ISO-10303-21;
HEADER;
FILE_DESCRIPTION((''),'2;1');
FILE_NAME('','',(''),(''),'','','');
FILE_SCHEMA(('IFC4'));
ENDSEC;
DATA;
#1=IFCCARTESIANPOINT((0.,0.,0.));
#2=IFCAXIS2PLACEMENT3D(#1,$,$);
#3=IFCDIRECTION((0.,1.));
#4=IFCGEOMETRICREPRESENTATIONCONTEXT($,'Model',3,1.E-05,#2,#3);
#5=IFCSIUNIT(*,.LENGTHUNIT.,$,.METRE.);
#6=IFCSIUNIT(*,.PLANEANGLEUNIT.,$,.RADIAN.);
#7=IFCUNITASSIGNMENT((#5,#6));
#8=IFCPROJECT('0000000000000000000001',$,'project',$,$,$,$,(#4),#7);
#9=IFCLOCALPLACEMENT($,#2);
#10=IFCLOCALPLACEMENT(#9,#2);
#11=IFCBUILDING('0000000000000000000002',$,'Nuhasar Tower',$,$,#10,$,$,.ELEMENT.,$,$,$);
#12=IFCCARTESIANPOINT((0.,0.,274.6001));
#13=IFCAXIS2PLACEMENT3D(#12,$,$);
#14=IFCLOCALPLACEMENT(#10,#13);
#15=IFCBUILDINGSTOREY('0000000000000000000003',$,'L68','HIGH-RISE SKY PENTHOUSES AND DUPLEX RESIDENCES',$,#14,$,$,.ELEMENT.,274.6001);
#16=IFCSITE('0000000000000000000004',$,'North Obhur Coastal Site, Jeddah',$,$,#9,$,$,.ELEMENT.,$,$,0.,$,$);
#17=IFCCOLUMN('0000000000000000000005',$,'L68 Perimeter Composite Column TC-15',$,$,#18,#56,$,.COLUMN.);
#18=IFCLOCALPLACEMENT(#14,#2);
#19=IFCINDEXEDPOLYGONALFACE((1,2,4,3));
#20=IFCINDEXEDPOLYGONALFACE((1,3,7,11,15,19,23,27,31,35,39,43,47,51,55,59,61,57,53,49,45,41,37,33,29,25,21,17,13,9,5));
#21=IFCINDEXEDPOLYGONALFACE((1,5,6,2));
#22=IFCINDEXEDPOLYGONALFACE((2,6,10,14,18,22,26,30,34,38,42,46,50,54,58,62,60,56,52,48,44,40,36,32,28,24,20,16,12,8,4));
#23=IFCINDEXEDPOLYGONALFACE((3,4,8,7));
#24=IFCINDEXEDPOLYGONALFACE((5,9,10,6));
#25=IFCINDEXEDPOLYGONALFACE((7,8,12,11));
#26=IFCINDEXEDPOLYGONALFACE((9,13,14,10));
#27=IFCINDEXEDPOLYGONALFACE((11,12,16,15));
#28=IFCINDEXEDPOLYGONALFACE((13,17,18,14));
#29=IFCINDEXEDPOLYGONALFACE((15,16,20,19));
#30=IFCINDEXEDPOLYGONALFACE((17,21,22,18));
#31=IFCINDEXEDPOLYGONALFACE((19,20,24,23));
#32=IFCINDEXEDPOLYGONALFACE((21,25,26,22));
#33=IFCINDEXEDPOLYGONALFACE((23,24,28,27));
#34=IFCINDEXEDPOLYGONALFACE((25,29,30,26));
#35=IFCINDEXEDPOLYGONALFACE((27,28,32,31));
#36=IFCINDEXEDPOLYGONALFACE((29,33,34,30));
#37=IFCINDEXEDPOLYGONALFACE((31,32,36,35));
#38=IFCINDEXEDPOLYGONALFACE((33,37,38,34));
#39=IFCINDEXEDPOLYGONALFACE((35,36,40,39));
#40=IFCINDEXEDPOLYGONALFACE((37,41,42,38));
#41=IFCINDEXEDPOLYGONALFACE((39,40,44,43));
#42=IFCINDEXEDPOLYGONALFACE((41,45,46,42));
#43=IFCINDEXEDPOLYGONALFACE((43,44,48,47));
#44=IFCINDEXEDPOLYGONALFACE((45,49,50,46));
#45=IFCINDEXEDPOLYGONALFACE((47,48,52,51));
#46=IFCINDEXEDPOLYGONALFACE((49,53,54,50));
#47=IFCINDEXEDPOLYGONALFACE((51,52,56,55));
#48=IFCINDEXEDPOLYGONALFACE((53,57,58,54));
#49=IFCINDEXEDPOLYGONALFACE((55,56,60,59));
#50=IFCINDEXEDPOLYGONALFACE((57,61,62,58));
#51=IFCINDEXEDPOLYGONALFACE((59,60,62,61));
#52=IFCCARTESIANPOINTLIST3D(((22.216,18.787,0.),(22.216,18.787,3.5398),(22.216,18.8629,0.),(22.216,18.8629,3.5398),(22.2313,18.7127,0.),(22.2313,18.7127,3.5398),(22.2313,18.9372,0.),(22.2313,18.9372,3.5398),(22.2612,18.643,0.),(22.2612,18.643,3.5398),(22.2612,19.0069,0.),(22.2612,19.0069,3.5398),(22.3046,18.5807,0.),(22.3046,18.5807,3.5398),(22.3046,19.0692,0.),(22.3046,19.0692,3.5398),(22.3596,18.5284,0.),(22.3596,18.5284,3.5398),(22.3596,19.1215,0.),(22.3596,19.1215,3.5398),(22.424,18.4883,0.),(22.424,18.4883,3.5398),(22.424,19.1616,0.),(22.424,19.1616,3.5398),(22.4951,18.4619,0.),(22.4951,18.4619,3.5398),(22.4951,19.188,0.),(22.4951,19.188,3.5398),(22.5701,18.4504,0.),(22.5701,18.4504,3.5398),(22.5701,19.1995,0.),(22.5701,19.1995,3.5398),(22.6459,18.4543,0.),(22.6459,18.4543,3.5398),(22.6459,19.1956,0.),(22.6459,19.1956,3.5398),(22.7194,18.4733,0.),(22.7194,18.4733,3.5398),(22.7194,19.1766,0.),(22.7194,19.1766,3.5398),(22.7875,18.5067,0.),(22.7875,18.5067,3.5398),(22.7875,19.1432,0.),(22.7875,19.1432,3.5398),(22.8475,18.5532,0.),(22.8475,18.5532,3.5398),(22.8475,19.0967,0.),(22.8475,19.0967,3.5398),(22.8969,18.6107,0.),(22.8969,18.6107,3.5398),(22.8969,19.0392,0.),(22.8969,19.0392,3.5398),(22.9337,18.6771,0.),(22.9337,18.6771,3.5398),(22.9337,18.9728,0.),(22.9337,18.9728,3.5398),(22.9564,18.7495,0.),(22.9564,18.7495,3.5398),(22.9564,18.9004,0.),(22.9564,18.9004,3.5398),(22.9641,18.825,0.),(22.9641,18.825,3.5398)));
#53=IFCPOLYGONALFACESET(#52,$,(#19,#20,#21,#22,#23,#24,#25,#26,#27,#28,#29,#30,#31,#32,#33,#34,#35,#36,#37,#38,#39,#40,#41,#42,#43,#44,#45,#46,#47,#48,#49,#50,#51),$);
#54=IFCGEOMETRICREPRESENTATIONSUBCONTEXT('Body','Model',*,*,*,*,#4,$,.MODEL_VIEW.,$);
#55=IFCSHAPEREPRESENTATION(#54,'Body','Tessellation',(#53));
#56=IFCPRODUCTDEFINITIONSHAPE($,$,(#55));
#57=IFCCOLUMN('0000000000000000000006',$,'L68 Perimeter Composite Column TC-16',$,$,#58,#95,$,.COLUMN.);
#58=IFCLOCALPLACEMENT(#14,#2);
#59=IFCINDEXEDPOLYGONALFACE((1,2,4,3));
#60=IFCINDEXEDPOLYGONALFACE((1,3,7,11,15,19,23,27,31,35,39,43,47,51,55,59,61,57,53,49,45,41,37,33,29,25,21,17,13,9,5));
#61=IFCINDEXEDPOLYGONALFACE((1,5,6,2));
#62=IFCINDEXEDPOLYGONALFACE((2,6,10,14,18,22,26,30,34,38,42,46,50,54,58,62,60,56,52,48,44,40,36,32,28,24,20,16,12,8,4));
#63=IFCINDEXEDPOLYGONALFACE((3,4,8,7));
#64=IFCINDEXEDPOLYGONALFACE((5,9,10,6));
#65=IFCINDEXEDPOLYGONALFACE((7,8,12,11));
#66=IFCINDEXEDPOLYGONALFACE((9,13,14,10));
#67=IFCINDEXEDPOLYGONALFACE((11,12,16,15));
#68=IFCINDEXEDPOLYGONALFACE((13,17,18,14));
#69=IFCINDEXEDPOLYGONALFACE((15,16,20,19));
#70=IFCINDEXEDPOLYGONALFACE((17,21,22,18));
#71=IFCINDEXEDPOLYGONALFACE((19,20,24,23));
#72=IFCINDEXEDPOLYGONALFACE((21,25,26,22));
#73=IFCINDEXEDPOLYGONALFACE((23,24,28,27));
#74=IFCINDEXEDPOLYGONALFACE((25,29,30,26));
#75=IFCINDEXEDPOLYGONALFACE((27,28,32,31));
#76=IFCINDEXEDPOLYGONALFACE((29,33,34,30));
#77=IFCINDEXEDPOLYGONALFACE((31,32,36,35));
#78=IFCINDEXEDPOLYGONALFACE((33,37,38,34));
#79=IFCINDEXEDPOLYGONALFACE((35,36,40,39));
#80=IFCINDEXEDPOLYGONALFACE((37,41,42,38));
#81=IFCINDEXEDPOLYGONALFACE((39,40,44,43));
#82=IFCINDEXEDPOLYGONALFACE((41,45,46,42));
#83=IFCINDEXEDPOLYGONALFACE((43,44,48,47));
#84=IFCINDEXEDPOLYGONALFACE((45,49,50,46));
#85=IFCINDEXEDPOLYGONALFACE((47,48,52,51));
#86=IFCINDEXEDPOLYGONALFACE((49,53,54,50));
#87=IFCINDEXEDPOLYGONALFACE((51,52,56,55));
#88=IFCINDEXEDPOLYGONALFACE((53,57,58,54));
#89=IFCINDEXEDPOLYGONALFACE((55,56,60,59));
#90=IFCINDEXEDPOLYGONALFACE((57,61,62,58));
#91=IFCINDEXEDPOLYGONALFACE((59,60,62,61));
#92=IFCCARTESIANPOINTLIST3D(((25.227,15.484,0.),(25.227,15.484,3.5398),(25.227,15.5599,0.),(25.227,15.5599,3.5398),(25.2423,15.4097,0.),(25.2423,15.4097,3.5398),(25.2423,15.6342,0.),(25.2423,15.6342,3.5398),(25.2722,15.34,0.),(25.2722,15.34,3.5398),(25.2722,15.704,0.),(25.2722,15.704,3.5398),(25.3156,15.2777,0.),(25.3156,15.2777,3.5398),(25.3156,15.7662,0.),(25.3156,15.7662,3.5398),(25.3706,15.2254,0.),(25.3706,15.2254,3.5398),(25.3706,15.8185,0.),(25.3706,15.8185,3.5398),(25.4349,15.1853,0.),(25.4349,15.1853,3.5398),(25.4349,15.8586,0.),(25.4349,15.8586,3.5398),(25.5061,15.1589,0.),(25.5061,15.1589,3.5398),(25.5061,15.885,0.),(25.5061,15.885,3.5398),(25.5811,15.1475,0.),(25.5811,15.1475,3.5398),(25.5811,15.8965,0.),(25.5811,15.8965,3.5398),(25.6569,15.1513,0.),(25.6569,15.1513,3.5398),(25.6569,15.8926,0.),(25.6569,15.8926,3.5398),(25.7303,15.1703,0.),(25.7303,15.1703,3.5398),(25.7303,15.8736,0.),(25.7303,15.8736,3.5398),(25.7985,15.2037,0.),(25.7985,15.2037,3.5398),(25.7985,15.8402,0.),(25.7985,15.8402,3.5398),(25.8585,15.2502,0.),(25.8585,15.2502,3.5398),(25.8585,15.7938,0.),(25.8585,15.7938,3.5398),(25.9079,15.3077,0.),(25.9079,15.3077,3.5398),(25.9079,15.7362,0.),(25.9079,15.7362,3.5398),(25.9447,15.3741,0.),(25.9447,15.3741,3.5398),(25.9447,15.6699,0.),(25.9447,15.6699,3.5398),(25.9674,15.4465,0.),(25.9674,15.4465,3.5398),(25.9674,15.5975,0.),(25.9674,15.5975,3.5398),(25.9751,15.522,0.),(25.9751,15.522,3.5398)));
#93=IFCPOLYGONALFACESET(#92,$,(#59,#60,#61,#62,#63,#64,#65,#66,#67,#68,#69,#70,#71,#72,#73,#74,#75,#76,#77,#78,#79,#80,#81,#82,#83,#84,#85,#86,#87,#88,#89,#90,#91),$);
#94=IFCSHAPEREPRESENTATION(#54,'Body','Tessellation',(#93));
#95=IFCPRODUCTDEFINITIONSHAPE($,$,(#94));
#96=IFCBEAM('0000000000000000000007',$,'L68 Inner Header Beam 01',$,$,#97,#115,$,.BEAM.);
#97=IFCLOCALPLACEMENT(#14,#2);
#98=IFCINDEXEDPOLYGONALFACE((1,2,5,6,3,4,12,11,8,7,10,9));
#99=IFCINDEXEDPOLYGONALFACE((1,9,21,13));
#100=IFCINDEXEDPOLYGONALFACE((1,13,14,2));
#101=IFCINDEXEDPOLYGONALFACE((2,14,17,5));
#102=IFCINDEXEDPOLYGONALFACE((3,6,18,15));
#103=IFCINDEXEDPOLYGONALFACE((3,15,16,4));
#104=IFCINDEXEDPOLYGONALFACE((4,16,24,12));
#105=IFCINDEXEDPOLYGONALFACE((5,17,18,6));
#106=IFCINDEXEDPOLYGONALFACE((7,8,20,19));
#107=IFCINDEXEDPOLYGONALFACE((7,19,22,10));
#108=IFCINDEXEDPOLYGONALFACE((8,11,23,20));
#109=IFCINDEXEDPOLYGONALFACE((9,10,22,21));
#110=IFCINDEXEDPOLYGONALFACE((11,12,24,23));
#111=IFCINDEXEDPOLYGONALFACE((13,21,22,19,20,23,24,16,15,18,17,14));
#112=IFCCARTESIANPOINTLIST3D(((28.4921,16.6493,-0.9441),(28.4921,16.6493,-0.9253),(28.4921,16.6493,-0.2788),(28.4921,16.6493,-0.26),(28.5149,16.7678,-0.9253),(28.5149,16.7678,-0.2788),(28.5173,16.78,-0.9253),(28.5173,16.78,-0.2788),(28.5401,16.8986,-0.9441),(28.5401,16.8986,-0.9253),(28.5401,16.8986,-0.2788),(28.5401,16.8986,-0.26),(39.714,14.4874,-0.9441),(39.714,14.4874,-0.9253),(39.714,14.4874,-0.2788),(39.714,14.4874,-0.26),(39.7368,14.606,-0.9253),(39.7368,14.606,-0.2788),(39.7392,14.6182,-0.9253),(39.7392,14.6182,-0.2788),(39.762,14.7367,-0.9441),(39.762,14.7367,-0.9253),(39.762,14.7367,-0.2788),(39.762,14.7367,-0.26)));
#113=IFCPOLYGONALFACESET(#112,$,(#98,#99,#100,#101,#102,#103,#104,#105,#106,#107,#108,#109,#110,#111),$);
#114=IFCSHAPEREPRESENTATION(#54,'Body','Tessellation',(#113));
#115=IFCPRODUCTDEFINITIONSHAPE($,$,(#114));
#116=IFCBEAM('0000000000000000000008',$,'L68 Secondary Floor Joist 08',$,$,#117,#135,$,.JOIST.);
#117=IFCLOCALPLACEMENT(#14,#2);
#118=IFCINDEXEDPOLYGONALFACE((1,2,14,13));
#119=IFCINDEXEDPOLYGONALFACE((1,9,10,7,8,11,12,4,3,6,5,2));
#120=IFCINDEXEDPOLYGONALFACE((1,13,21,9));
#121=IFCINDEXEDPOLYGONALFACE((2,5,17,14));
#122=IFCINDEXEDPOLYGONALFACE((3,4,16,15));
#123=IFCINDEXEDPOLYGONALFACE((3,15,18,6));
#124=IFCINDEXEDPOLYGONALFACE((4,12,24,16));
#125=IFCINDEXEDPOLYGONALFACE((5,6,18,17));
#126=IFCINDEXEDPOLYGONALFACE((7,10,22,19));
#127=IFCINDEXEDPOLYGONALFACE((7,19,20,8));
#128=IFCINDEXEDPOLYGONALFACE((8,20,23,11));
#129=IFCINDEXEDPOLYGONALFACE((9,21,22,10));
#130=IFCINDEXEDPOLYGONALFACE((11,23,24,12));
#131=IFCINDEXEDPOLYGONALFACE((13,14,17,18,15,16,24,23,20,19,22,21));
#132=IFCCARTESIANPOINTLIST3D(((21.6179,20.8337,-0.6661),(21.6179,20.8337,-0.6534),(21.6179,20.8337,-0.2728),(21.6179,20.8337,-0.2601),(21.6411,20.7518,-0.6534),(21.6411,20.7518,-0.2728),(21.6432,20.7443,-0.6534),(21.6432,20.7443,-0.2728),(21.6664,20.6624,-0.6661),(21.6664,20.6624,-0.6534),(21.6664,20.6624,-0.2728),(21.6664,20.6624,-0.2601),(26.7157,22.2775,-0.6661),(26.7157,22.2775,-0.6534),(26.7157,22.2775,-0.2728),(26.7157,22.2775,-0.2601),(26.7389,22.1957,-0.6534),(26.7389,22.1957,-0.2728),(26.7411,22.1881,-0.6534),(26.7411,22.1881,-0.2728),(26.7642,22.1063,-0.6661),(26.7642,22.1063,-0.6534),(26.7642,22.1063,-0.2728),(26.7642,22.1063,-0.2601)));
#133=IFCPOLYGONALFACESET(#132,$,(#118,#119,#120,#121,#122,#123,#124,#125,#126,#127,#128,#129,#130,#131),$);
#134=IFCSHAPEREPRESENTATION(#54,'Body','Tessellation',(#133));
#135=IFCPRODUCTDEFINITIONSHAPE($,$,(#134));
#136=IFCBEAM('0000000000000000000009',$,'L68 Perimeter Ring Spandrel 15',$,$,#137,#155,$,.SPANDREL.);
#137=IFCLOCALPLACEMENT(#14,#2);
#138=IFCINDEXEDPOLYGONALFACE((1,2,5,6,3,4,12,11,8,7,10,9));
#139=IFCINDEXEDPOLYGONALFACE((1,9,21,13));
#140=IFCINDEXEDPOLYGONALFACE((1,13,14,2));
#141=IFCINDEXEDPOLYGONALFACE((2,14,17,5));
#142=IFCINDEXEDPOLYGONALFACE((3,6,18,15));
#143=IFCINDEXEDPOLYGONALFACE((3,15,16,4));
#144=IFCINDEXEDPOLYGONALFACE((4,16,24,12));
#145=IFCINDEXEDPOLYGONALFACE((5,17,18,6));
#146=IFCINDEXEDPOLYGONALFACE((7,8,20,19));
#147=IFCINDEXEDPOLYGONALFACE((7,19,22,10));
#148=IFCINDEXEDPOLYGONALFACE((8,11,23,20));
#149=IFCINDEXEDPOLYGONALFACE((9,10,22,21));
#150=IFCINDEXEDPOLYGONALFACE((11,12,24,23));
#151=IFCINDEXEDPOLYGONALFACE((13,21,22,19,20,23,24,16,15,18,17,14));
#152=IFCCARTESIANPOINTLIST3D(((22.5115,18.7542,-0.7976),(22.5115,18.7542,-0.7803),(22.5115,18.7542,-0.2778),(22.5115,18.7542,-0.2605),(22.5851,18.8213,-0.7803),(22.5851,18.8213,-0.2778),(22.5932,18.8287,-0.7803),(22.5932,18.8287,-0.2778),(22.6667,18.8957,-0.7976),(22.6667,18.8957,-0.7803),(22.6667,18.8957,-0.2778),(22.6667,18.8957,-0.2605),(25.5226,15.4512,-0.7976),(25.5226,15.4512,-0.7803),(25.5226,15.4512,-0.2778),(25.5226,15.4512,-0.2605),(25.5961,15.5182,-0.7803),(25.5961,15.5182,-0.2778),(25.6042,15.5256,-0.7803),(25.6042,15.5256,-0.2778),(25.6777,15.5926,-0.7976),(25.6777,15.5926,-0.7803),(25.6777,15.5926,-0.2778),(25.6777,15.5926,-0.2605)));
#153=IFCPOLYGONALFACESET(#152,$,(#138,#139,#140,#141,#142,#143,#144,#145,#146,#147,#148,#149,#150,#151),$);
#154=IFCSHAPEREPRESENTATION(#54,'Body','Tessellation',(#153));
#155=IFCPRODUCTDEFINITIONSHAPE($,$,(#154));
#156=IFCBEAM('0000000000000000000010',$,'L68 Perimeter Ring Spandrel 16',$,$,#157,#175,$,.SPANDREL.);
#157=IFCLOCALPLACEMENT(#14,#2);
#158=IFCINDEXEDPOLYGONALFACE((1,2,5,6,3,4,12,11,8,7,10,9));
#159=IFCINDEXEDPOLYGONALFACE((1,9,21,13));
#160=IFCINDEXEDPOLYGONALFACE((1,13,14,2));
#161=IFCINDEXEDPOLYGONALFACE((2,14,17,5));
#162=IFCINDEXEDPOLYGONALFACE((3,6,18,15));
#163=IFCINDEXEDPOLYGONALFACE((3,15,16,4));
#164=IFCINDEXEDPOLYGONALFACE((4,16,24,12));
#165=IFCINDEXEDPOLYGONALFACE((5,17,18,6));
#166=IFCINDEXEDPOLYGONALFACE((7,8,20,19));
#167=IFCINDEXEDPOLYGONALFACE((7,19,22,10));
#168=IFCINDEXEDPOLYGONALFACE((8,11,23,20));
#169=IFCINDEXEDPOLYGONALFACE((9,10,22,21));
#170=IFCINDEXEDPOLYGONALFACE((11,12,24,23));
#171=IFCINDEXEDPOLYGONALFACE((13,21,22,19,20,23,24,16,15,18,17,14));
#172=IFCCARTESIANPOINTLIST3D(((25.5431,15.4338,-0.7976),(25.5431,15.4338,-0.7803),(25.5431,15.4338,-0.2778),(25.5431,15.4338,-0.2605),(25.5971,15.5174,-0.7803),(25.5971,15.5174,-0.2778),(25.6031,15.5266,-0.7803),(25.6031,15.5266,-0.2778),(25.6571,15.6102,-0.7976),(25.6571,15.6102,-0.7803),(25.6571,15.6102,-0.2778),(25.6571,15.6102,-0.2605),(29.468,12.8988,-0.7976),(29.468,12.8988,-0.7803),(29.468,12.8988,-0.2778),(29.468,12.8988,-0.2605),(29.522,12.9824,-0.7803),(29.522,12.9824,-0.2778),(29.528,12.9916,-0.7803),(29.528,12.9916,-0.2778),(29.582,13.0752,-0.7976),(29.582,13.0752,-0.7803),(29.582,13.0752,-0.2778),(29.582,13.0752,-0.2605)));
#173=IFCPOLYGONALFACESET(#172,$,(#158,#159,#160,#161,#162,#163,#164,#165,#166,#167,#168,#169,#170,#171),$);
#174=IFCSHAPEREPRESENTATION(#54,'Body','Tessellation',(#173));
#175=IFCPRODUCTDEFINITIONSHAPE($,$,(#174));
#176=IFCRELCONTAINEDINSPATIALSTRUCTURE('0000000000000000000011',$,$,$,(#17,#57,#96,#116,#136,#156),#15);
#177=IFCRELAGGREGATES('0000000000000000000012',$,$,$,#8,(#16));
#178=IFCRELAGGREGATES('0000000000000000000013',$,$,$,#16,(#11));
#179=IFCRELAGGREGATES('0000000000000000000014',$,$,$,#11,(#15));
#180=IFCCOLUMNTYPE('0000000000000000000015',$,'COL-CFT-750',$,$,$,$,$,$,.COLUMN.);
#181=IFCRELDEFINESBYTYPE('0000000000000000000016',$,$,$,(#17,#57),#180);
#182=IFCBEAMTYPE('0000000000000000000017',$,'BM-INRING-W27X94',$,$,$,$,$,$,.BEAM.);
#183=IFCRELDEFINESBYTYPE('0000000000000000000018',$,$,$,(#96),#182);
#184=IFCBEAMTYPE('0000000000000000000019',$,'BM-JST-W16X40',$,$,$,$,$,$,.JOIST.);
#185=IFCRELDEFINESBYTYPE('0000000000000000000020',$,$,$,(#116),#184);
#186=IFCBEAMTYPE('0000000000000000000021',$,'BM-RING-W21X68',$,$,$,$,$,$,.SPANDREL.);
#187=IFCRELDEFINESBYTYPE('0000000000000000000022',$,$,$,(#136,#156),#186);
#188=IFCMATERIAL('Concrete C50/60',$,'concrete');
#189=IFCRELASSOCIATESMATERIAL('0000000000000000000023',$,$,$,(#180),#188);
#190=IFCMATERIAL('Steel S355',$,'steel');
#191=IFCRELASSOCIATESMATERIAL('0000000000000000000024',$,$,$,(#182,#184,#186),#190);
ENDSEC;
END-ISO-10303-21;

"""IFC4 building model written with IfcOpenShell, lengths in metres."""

from ifc_helpers import new_model, si_unit, direction, frame, origin, origin_2d, place, context, subcontext, project, spatial, circle, i_section, extrude, material, material_profile, profile_set, type_object, element, save


model = new_model("IFC4")

# Units and contexts
model_context = context("Model", 3, precision=1e-05, world=origin(), true_north=direction((0.0, 1.0)))
body_context = subcontext(model_context, "Body", "Model", "MODEL_VIEW")
ifc_project = project(units=[si_unit("LENGTHUNIT", "METRE"), si_unit("PLANEANGLEUNIT", "RADIAN")], contexts=[model_context])

# Site, building, storey
site_placement = place(None, origin())
site = spatial("IfcSite", under=ifc_project, at=site_placement, Name="North Obhur Coastal Site, Jeddah", CompositionType="ELEMENT", RefElevation=0.0)
building_placement = place(site_placement, origin())
building = spatial("IfcBuilding", under=site, at=building_placement, Name="Nuhasar Tower", CompositionType="ELEMENT")
storey_placement = place(building_placement, frame((0.0, 0.0, 274.6001)))
storey = spatial("IfcBuildingStorey", under=building, at=storey_placement, Name="L68", Description="HIGH-RISE SKY PENTHOUSES AND DUPLEX RESIDENCES", CompositionType="ELEMENT", Elevation=274.6001)

# Columns
ifc_material_1 = material(Name="Concrete C50/60", Category="concrete")
ifc_material_profile_1 = material_profile(ifc_material_1, circle(Radius=0.375, at=origin_2d()), Name="CFT750")
ifc_profile_set_1 = profile_set([ifc_material_profile_1], Name="Concrete C50/60")
column_type = type_object("IfcColumnType", Name="COL-CFT-750", PredefinedType="COLUMN", material=ifc_profile_set_1)
for number, where, z_axis, x_axis, name in (
    (1, (22.5891, 18.825, 0.0), (0.0, 0.0, 1.0), (1.0, 0.0, 0.0), "L68 Perimeter Composite Column TC-15"),
    (2, (25.6001, 15.522, 0.0), (0.0, 0.0, 1.0), (1.0, 0.0, 0.0), "L68 Perimeter Composite Column TC-16"),
):
    element("IfcColumn", number, at=place(storey_placement, frame(where, z_axis=z_axis, x_axis=x_axis)), inside=storey, type_object=column_type, Name=name, PredefinedType="COLUMN", context=body_context, shape_type="SweptSolid", body=[
        extrude(circle(Radius=0.375, at=origin_2d()), origin(), (0.0, 0.0, 1.0), 3.5398),
    ])

# Beams
ifc_material_2 = material(Name="Steel S355", Category="steel")
ifc_material_profile_2 = material_profile(ifc_material_2, i_section(OverallWidth=0.2539, OverallDepth=0.6841, WebThickness=0.0125, FlangeThickness=0.0188, at=origin_2d()), Name="W27X94")
ifc_profile_set_2 = profile_set([ifc_material_profile_2], Name="Steel S355")
beam_type_1 = type_object("IfcBeamType", Name="BM-INRING-W27X94", PredefinedType="BEAM", material=ifc_profile_set_2)
beam_1_placement = place(storey_placement, frame((28.5161, 16.7739, -0.6021), z_axis=(0.981945, -0.189168, 0.0), x_axis=(0.189168, 0.981945, 0.0)))
element("IfcBeam", 3, at=beam_1_placement, inside=storey, type_object=beam_type_1, Name="L68 Inner Header Beam 01", PredefinedType="BEAM", context=body_context, shape_type="SweptSolid", body=[
    extrude(i_section(OverallWidth=0.2539, OverallDepth=0.6841, WebThickness=0.0125, FlangeThickness=0.0188, at=origin_2d()), origin(), (0.0, 0.0, 1.0), 11.4282),
])
ifc_material_profile_3 = material_profile(ifc_material_2, i_section(OverallWidth=0.178, OverallDepth=0.406, WebThickness=0.0078, FlangeThickness=0.0127, at=origin_2d()), Name="W16X40")
ifc_profile_set_3 = profile_set([ifc_material_profile_3], Name="Steel S355")
beam_type_2 = type_object("IfcBeamType", Name="BM-JST-W16X40", PredefinedType="JOIST", material=ifc_profile_set_3)
beam_2_placement = place(storey_placement, frame((26.74, 22.1919, -0.4631), z_axis=(-0.962154, -0.272505, 0.0), x_axis=(0.272505, -0.962154, 0.0)))
element("IfcBeam", 4, at=beam_2_placement, inside=storey, type_object=beam_type_2, Name="L68 Secondary Floor Joist 08", PredefinedType="JOIST", context=body_context, shape_type="SweptSolid", body=[
    extrude(i_section(OverallWidth=0.178, OverallDepth=0.406, WebThickness=0.0078, FlangeThickness=0.0127, at=origin_2d()), origin(), (0.0, 0.0, 1.0), 5.2983),
])
ifc_material_profile_4 = material_profile(ifc_material_2, i_section(OverallWidth=0.21, OverallDepth=0.5371, WebThickness=0.011, FlangeThickness=0.0173, at=origin_2d()), Name="W21X68")
ifc_profile_set_4 = profile_set([ifc_material_profile_4], Name="Steel S355")
beam_type_3 = type_object("IfcBeamType", Name="BM-RING-W21X68", PredefinedType="SPANDREL", material=ifc_profile_set_4)
beam_3_placement = place(storey_placement, frame((22.5891, 18.825, -0.5291), z_axis=(0.673686, -0.739017, 0.0), x_axis=(0.739017, 0.673686, 0.0)))
element("IfcBeam", 5, at=beam_3_placement, inside=storey, type_object=beam_type_3, Name="L68 Perimeter Ring Spandrel 15", PredefinedType="SPANDREL", context=body_context, shape_type="SweptSolid", body=[
    extrude(i_section(OverallWidth=0.21, OverallDepth=0.5371, WebThickness=0.011, FlangeThickness=0.0173, at=origin_2d()), origin(), (0.0, 0.0, 1.0), 4.4695),
])
beam_4_placement = place(storey_placement, frame((25.6001, 15.522, -0.5291), z_axis=(0.840025, -0.542547, 0.0), x_axis=(0.542547, 0.840025, 0.0)))
element("IfcBeam", 6, at=beam_4_placement, inside=storey, type_object=beam_type_3, Name="L68 Perimeter Ring Spandrel 16", PredefinedType="SPANDREL", context=body_context, shape_type="SweptSolid", body=[
    extrude(i_section(OverallWidth=0.21, OverallDepth=0.5371, WebThickness=0.011, FlangeThickness=0.0173, at=origin_2d()), origin(), (0.0, 0.0, 1.0), 4.6724),
])

save(model, "model.ifc")
